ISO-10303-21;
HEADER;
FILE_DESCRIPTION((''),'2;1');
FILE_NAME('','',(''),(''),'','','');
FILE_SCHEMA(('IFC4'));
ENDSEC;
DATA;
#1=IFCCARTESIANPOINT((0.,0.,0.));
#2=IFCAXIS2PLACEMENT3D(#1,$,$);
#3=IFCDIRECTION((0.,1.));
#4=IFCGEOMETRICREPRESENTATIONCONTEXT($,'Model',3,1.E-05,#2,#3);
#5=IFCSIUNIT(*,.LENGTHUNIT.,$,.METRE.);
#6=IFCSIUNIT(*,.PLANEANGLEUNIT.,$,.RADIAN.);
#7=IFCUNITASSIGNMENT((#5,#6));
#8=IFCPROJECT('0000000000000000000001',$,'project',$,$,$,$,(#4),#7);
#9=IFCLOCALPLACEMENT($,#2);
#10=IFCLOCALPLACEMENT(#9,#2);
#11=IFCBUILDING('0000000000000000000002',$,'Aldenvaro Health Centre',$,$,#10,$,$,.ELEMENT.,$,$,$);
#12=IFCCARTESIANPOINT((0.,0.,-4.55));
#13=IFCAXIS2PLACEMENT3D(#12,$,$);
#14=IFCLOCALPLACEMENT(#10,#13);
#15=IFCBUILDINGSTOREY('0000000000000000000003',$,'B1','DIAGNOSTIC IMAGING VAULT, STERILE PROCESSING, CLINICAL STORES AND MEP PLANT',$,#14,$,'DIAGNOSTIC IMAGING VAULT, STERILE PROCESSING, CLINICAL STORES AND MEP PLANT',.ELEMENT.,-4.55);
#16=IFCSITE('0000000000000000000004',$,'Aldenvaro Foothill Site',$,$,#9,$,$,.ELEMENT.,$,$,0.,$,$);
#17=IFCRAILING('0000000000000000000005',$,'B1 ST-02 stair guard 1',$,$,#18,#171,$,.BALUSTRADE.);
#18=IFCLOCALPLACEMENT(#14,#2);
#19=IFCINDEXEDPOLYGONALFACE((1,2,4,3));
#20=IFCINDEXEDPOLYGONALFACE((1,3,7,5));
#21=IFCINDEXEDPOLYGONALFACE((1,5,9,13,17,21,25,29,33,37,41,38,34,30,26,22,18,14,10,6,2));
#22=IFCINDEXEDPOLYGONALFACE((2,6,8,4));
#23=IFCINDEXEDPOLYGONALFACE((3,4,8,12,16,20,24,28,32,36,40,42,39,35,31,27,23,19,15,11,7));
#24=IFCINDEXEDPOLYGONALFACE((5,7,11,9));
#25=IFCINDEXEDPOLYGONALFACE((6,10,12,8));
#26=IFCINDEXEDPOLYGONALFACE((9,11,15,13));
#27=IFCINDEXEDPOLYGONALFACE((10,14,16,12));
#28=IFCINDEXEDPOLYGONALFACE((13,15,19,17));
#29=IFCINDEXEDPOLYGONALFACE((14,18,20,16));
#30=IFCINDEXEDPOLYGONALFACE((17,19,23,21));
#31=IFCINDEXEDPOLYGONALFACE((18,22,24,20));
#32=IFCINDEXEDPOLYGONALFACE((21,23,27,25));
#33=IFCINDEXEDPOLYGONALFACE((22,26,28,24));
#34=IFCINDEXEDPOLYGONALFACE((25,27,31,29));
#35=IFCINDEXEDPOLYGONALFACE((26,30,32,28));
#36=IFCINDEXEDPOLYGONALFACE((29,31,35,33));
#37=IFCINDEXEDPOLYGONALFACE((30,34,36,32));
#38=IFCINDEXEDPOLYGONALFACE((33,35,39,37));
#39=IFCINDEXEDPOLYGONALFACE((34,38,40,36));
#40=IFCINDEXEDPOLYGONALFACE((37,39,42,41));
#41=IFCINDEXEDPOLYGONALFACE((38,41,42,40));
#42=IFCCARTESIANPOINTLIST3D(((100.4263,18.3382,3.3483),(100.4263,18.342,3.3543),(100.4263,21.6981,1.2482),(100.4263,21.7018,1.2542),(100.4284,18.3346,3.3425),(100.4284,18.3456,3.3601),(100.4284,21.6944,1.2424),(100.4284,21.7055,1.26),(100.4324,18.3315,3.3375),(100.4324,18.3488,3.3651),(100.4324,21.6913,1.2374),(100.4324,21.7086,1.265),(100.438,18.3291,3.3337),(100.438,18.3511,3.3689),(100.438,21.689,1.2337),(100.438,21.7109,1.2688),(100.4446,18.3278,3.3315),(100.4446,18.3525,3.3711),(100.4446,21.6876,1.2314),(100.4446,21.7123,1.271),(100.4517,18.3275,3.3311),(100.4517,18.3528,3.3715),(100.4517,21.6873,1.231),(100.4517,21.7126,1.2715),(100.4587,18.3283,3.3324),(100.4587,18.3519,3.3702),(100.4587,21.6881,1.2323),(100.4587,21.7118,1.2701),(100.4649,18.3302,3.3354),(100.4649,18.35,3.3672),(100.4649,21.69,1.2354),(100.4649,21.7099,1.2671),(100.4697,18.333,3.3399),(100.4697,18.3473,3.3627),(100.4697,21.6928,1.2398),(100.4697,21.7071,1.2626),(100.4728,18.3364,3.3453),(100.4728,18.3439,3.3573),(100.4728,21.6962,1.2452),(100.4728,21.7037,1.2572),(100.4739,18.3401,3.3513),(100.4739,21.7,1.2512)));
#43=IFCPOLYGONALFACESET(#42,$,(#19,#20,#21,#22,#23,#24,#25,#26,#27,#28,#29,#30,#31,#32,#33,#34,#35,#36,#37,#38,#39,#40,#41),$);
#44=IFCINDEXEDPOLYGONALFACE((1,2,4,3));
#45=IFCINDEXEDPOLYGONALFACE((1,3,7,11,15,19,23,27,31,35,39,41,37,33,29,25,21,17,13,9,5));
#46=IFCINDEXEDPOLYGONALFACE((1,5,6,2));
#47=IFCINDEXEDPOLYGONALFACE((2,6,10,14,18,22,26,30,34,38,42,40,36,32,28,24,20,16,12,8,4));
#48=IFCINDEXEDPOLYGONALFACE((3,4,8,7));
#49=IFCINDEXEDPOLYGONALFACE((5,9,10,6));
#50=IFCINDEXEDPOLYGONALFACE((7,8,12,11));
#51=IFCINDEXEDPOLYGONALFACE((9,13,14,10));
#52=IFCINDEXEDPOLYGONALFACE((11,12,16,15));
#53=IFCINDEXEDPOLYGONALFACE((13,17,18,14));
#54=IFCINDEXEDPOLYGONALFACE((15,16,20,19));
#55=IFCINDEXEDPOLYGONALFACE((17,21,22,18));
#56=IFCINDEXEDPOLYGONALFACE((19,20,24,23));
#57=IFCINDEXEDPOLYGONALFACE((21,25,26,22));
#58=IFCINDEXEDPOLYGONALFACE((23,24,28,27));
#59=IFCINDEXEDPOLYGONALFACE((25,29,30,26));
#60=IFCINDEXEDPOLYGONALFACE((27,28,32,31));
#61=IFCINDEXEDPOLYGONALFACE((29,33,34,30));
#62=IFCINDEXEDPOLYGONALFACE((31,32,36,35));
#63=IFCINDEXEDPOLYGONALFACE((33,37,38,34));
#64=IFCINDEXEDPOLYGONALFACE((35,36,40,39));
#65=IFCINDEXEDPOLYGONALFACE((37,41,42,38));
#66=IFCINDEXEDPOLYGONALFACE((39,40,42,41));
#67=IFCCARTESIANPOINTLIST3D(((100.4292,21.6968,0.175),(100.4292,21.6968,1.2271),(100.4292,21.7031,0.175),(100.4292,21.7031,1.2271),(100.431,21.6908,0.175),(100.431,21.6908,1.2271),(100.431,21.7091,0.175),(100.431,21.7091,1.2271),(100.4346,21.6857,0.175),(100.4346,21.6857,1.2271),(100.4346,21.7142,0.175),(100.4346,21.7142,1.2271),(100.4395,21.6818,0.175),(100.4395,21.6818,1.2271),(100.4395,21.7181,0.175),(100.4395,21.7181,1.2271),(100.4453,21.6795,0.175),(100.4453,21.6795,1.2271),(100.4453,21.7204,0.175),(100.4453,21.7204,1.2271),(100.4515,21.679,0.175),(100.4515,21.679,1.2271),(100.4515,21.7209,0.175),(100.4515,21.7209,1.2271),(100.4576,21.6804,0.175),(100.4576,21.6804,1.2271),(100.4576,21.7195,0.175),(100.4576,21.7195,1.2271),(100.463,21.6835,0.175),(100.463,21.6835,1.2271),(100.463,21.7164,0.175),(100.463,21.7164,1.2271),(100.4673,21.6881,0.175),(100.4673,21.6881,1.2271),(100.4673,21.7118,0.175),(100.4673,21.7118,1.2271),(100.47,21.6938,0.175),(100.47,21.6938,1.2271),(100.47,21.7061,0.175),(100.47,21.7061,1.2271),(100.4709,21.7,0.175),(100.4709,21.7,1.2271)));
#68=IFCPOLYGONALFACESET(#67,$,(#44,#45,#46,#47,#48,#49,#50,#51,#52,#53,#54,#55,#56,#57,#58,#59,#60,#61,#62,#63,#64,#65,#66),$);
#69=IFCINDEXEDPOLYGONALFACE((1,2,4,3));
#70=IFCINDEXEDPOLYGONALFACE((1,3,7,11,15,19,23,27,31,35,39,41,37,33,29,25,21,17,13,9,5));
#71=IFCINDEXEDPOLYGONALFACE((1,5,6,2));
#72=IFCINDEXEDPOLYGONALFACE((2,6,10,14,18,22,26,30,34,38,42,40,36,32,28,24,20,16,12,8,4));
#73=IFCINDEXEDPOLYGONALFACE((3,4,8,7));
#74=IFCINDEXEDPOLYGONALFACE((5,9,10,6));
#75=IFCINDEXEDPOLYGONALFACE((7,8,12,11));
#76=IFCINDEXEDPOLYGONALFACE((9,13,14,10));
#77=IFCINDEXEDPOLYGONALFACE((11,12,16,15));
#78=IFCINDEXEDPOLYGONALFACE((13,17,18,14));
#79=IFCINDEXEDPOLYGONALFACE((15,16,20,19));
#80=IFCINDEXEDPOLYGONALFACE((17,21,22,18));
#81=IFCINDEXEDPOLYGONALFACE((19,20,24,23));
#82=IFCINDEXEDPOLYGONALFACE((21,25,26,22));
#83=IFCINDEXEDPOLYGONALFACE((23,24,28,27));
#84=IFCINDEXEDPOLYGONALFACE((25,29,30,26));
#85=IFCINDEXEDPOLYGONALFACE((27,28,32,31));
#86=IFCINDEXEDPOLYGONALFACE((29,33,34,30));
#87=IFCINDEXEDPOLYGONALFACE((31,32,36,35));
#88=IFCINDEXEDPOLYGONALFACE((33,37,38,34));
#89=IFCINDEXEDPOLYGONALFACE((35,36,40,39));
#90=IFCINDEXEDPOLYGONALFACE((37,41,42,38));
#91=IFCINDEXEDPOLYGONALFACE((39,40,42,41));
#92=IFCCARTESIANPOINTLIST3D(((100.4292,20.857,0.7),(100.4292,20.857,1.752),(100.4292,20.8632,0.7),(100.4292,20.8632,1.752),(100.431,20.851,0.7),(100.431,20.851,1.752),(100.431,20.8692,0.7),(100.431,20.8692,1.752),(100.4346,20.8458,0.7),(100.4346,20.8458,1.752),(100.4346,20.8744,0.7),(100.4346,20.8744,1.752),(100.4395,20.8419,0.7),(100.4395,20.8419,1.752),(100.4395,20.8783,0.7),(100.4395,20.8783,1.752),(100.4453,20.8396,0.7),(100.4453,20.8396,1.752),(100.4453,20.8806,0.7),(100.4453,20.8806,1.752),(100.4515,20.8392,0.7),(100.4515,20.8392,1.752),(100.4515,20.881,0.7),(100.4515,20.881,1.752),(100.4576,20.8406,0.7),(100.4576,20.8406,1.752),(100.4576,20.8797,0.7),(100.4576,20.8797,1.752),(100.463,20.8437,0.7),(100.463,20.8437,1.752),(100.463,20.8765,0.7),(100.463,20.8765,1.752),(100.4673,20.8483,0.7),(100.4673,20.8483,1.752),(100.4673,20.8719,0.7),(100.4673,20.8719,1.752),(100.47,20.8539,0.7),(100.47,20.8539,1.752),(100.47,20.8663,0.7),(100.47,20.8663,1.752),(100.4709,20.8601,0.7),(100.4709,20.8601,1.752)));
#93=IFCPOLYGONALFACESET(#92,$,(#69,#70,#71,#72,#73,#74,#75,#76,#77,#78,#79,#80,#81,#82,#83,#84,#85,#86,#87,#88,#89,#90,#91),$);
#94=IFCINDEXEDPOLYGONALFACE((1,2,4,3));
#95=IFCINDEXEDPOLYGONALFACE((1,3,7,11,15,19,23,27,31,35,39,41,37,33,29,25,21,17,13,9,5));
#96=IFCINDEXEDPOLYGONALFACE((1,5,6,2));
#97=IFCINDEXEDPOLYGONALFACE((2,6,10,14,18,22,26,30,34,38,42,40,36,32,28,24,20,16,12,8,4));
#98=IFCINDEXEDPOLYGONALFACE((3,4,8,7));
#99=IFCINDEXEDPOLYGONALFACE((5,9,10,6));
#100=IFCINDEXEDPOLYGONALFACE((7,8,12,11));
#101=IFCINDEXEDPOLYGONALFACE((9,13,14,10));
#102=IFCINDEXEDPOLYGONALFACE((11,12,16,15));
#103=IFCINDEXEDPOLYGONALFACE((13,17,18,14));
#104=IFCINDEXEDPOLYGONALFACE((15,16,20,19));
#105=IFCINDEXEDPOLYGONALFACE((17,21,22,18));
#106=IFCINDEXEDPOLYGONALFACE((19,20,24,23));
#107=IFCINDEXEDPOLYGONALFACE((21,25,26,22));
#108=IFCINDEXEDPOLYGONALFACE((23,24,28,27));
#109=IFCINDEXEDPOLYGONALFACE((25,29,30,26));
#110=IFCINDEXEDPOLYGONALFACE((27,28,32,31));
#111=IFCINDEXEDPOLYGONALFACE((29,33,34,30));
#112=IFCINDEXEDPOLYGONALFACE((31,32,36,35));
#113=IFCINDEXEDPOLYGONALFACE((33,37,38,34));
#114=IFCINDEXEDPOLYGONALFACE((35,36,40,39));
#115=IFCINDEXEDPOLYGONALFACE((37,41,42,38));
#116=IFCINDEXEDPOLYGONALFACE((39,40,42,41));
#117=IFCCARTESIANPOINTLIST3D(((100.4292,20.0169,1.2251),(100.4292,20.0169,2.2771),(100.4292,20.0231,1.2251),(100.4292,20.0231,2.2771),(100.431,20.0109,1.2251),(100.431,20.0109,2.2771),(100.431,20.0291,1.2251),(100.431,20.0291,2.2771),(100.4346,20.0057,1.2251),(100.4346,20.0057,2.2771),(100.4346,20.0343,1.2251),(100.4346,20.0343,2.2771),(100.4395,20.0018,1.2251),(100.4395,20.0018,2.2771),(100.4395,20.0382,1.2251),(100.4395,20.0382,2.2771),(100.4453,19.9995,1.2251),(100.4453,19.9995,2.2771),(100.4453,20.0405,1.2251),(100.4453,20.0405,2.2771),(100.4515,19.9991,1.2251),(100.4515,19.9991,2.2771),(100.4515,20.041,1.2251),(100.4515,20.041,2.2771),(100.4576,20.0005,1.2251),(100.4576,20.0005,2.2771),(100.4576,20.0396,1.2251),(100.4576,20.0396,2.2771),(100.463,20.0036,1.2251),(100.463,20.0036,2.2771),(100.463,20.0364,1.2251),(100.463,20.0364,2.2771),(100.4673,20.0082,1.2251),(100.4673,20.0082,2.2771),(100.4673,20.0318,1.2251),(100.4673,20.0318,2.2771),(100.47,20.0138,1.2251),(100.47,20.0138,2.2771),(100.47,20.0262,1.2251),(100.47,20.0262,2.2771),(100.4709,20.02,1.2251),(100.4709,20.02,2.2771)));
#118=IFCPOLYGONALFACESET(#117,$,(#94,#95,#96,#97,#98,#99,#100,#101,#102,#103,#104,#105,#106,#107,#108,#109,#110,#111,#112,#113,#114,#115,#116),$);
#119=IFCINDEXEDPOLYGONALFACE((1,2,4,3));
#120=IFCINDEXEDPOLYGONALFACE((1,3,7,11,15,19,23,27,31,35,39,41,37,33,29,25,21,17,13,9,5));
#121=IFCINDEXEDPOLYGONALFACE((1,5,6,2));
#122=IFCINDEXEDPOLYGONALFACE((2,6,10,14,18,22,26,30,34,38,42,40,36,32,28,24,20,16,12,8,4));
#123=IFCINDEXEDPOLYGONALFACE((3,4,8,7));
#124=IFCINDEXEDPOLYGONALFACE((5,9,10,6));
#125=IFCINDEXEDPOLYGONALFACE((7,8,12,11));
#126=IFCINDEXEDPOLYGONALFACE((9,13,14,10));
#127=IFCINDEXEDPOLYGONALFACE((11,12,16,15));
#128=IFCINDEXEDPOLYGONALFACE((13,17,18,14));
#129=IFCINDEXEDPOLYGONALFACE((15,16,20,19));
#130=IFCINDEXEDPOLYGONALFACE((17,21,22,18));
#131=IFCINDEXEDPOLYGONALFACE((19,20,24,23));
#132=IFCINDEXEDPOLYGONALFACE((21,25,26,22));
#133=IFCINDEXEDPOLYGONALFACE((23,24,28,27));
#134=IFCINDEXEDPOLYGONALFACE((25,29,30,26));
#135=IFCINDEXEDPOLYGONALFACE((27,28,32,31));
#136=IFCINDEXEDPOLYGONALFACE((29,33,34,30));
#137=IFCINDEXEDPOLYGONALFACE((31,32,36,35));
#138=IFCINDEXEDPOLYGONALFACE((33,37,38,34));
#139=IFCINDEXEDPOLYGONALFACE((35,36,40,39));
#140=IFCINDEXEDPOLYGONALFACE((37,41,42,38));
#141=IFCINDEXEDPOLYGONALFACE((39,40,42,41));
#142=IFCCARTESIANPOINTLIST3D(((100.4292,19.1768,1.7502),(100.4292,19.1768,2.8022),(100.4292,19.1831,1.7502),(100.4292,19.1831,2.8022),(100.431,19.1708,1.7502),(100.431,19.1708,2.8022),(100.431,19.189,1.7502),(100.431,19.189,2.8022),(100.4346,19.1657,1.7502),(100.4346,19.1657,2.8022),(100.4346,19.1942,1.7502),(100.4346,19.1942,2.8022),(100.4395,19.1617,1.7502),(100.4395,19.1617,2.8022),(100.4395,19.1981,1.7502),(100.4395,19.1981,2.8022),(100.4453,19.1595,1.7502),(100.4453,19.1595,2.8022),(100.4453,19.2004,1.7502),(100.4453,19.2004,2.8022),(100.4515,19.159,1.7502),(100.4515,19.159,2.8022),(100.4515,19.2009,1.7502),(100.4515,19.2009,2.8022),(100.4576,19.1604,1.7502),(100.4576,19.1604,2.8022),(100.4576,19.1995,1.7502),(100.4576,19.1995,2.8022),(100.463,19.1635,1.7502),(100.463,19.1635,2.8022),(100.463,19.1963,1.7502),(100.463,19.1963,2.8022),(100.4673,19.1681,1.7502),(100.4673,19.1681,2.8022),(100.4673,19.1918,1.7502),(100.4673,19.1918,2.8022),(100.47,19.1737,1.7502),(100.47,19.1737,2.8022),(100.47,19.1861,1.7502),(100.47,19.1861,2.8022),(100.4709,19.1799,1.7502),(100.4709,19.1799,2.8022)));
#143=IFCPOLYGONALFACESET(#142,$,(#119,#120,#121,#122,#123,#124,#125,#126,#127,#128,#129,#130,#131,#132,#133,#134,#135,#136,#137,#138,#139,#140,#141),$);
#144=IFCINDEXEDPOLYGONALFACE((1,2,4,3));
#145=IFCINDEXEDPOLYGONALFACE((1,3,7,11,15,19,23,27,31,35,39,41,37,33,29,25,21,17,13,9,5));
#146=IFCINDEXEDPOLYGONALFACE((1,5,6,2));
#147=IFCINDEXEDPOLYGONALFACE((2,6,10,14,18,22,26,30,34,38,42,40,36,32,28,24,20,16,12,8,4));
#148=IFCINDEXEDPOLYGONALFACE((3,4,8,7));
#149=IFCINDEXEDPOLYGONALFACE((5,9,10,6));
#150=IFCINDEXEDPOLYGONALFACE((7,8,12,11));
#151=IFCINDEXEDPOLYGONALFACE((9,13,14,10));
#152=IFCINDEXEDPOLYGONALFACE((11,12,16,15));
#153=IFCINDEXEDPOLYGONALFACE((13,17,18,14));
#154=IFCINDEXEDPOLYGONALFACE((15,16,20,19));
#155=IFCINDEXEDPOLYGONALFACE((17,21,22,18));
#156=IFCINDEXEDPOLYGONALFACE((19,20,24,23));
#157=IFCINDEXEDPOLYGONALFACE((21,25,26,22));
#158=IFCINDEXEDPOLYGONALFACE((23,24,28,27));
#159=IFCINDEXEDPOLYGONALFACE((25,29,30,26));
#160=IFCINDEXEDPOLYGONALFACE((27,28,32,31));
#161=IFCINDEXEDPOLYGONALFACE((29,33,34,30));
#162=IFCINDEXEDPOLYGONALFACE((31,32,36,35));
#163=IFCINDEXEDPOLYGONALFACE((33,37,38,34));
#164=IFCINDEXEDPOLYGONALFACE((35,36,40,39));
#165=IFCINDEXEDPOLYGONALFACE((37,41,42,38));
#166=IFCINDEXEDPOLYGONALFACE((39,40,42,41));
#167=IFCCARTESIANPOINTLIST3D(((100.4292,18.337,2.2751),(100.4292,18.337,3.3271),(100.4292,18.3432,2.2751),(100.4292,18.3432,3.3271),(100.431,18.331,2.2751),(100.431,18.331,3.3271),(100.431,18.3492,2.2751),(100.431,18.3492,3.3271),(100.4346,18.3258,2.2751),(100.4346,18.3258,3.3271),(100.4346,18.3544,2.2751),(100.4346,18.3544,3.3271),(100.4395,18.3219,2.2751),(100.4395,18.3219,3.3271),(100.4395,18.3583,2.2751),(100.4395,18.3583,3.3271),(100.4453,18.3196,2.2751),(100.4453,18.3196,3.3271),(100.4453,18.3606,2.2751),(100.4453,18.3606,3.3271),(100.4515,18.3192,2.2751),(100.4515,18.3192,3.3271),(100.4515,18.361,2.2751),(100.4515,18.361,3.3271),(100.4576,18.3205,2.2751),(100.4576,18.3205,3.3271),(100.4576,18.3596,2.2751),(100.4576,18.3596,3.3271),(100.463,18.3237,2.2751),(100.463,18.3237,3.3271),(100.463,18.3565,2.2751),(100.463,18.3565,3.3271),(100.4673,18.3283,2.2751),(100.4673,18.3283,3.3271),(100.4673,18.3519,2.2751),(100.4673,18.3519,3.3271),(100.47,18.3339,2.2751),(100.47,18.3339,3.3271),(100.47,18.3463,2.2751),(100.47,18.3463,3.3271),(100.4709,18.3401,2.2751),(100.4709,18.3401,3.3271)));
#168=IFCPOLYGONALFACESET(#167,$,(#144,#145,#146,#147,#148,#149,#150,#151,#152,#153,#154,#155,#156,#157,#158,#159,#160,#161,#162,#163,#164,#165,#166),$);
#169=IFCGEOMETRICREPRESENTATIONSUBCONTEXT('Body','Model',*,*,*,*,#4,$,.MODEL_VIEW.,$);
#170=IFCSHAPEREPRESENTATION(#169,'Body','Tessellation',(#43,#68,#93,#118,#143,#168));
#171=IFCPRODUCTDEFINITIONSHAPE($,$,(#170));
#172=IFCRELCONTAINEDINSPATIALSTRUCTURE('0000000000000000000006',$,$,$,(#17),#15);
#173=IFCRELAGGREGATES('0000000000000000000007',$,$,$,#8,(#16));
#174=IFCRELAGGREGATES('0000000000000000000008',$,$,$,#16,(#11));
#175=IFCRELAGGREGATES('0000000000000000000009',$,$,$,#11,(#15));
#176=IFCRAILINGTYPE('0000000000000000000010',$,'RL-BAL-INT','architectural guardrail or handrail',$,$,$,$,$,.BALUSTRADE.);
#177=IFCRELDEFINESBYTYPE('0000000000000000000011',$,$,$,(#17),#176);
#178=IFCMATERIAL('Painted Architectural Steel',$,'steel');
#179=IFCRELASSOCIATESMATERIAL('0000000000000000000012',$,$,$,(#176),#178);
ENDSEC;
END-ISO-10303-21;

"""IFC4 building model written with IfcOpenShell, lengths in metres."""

from ifc_helpers import new_model, si_unit, direction, frame, origin, origin_2d, place, context, subcontext, project, spatial, circle, extrude, material, type_object, element, save


model = new_model("IFC4")

# Units and contexts
model_context = context("Model", 3, precision=1e-05, world=origin(), true_north=direction((0.0, 1.0)))
body_context = subcontext(model_context, "Body", "Model", "MODEL_VIEW")
ifc_project = project(units=[si_unit("LENGTHUNIT", "METRE"), si_unit("PLANEANGLEUNIT", "RADIAN")], contexts=[model_context])

# Site, building, storey
site_placement = place(None, origin())
site = spatial("IfcSite", under=ifc_project, at=site_placement, Name="Aldenvaro Foothill Site", CompositionType="ELEMENT", RefElevation=0.0)
building_placement = place(site_placement, origin())
building = spatial("IfcBuilding", under=site, at=building_placement, Name="Aldenvaro Health Centre", CompositionType="ELEMENT")
storey_placement = place(building_placement, frame((0.0, 0.0, -4.55)))
storey = spatial("IfcBuildingStorey", under=building, at=storey_placement, Name="B1", Description="DIAGNOSTIC IMAGING VAULT, STERILE PROCESSING, CLINICAL STORES AND MEP PLANT", LongName="DIAGNOSTIC IMAGING VAULT, STERILE PROCESSING, CLINICAL STORES AND MEP PLANT", CompositionType="ELEMENT", Elevation=-4.55)

# Railing
ifc_material_1 = material(Name="Painted Architectural Steel", Category="steel")
railing_type_1 = type_object("IfcRailingType", Name="RL-BAL-INT", Description="architectural guardrail or handrail", PredefinedType="BALUSTRADE", material=ifc_material_1)
railing_1_placement = place(storey_placement, frame((100.45, 21.7, 0.175)))
element("IfcRailing", 1, at=railing_1_placement, inside=storey, type_object=railing_type_1, Name="B1 ST-02 stair guard 1", PredefinedType="BALUSTRADE", context=body_context, shape_type="SweptSolid", body=[
    extrude(circle(Radius=0.0239, at=origin_2d()), frame((0.0, 0.0, 1.0762), z_axis=(0.0, -0.847978, 0.530032), x_axis=(1.0, 0.0, 0.0)), (0.0, 0.0, 1.0), 3.9622),
    extrude(circle(Radius=0.021, at=origin_2d()), origin(), (0.0, 0.0, 1.0), 1.052),
    extrude(circle(Radius=0.021, at=origin_2d()), frame((0.0, -0.8398, 0.5249)), (0.0, 0.0, 1.0), 1.052),
    extrude(circle(Radius=0.021, at=origin_2d()), frame((0.0, -1.6799, 1.05)), (0.0, 0.0, 1.0), 1.052),
    extrude(circle(Radius=0.021, at=origin_2d()), frame((0.0, -2.52, 1.5752)), (0.0, 0.0, 1.0), 1.052),
    extrude(circle(Radius=0.021, at=origin_2d()), frame((0.0, -3.3599, 2.1001)), (0.0, 0.0, 1.0), 1.052),
])

save(model, "model.ifc")
